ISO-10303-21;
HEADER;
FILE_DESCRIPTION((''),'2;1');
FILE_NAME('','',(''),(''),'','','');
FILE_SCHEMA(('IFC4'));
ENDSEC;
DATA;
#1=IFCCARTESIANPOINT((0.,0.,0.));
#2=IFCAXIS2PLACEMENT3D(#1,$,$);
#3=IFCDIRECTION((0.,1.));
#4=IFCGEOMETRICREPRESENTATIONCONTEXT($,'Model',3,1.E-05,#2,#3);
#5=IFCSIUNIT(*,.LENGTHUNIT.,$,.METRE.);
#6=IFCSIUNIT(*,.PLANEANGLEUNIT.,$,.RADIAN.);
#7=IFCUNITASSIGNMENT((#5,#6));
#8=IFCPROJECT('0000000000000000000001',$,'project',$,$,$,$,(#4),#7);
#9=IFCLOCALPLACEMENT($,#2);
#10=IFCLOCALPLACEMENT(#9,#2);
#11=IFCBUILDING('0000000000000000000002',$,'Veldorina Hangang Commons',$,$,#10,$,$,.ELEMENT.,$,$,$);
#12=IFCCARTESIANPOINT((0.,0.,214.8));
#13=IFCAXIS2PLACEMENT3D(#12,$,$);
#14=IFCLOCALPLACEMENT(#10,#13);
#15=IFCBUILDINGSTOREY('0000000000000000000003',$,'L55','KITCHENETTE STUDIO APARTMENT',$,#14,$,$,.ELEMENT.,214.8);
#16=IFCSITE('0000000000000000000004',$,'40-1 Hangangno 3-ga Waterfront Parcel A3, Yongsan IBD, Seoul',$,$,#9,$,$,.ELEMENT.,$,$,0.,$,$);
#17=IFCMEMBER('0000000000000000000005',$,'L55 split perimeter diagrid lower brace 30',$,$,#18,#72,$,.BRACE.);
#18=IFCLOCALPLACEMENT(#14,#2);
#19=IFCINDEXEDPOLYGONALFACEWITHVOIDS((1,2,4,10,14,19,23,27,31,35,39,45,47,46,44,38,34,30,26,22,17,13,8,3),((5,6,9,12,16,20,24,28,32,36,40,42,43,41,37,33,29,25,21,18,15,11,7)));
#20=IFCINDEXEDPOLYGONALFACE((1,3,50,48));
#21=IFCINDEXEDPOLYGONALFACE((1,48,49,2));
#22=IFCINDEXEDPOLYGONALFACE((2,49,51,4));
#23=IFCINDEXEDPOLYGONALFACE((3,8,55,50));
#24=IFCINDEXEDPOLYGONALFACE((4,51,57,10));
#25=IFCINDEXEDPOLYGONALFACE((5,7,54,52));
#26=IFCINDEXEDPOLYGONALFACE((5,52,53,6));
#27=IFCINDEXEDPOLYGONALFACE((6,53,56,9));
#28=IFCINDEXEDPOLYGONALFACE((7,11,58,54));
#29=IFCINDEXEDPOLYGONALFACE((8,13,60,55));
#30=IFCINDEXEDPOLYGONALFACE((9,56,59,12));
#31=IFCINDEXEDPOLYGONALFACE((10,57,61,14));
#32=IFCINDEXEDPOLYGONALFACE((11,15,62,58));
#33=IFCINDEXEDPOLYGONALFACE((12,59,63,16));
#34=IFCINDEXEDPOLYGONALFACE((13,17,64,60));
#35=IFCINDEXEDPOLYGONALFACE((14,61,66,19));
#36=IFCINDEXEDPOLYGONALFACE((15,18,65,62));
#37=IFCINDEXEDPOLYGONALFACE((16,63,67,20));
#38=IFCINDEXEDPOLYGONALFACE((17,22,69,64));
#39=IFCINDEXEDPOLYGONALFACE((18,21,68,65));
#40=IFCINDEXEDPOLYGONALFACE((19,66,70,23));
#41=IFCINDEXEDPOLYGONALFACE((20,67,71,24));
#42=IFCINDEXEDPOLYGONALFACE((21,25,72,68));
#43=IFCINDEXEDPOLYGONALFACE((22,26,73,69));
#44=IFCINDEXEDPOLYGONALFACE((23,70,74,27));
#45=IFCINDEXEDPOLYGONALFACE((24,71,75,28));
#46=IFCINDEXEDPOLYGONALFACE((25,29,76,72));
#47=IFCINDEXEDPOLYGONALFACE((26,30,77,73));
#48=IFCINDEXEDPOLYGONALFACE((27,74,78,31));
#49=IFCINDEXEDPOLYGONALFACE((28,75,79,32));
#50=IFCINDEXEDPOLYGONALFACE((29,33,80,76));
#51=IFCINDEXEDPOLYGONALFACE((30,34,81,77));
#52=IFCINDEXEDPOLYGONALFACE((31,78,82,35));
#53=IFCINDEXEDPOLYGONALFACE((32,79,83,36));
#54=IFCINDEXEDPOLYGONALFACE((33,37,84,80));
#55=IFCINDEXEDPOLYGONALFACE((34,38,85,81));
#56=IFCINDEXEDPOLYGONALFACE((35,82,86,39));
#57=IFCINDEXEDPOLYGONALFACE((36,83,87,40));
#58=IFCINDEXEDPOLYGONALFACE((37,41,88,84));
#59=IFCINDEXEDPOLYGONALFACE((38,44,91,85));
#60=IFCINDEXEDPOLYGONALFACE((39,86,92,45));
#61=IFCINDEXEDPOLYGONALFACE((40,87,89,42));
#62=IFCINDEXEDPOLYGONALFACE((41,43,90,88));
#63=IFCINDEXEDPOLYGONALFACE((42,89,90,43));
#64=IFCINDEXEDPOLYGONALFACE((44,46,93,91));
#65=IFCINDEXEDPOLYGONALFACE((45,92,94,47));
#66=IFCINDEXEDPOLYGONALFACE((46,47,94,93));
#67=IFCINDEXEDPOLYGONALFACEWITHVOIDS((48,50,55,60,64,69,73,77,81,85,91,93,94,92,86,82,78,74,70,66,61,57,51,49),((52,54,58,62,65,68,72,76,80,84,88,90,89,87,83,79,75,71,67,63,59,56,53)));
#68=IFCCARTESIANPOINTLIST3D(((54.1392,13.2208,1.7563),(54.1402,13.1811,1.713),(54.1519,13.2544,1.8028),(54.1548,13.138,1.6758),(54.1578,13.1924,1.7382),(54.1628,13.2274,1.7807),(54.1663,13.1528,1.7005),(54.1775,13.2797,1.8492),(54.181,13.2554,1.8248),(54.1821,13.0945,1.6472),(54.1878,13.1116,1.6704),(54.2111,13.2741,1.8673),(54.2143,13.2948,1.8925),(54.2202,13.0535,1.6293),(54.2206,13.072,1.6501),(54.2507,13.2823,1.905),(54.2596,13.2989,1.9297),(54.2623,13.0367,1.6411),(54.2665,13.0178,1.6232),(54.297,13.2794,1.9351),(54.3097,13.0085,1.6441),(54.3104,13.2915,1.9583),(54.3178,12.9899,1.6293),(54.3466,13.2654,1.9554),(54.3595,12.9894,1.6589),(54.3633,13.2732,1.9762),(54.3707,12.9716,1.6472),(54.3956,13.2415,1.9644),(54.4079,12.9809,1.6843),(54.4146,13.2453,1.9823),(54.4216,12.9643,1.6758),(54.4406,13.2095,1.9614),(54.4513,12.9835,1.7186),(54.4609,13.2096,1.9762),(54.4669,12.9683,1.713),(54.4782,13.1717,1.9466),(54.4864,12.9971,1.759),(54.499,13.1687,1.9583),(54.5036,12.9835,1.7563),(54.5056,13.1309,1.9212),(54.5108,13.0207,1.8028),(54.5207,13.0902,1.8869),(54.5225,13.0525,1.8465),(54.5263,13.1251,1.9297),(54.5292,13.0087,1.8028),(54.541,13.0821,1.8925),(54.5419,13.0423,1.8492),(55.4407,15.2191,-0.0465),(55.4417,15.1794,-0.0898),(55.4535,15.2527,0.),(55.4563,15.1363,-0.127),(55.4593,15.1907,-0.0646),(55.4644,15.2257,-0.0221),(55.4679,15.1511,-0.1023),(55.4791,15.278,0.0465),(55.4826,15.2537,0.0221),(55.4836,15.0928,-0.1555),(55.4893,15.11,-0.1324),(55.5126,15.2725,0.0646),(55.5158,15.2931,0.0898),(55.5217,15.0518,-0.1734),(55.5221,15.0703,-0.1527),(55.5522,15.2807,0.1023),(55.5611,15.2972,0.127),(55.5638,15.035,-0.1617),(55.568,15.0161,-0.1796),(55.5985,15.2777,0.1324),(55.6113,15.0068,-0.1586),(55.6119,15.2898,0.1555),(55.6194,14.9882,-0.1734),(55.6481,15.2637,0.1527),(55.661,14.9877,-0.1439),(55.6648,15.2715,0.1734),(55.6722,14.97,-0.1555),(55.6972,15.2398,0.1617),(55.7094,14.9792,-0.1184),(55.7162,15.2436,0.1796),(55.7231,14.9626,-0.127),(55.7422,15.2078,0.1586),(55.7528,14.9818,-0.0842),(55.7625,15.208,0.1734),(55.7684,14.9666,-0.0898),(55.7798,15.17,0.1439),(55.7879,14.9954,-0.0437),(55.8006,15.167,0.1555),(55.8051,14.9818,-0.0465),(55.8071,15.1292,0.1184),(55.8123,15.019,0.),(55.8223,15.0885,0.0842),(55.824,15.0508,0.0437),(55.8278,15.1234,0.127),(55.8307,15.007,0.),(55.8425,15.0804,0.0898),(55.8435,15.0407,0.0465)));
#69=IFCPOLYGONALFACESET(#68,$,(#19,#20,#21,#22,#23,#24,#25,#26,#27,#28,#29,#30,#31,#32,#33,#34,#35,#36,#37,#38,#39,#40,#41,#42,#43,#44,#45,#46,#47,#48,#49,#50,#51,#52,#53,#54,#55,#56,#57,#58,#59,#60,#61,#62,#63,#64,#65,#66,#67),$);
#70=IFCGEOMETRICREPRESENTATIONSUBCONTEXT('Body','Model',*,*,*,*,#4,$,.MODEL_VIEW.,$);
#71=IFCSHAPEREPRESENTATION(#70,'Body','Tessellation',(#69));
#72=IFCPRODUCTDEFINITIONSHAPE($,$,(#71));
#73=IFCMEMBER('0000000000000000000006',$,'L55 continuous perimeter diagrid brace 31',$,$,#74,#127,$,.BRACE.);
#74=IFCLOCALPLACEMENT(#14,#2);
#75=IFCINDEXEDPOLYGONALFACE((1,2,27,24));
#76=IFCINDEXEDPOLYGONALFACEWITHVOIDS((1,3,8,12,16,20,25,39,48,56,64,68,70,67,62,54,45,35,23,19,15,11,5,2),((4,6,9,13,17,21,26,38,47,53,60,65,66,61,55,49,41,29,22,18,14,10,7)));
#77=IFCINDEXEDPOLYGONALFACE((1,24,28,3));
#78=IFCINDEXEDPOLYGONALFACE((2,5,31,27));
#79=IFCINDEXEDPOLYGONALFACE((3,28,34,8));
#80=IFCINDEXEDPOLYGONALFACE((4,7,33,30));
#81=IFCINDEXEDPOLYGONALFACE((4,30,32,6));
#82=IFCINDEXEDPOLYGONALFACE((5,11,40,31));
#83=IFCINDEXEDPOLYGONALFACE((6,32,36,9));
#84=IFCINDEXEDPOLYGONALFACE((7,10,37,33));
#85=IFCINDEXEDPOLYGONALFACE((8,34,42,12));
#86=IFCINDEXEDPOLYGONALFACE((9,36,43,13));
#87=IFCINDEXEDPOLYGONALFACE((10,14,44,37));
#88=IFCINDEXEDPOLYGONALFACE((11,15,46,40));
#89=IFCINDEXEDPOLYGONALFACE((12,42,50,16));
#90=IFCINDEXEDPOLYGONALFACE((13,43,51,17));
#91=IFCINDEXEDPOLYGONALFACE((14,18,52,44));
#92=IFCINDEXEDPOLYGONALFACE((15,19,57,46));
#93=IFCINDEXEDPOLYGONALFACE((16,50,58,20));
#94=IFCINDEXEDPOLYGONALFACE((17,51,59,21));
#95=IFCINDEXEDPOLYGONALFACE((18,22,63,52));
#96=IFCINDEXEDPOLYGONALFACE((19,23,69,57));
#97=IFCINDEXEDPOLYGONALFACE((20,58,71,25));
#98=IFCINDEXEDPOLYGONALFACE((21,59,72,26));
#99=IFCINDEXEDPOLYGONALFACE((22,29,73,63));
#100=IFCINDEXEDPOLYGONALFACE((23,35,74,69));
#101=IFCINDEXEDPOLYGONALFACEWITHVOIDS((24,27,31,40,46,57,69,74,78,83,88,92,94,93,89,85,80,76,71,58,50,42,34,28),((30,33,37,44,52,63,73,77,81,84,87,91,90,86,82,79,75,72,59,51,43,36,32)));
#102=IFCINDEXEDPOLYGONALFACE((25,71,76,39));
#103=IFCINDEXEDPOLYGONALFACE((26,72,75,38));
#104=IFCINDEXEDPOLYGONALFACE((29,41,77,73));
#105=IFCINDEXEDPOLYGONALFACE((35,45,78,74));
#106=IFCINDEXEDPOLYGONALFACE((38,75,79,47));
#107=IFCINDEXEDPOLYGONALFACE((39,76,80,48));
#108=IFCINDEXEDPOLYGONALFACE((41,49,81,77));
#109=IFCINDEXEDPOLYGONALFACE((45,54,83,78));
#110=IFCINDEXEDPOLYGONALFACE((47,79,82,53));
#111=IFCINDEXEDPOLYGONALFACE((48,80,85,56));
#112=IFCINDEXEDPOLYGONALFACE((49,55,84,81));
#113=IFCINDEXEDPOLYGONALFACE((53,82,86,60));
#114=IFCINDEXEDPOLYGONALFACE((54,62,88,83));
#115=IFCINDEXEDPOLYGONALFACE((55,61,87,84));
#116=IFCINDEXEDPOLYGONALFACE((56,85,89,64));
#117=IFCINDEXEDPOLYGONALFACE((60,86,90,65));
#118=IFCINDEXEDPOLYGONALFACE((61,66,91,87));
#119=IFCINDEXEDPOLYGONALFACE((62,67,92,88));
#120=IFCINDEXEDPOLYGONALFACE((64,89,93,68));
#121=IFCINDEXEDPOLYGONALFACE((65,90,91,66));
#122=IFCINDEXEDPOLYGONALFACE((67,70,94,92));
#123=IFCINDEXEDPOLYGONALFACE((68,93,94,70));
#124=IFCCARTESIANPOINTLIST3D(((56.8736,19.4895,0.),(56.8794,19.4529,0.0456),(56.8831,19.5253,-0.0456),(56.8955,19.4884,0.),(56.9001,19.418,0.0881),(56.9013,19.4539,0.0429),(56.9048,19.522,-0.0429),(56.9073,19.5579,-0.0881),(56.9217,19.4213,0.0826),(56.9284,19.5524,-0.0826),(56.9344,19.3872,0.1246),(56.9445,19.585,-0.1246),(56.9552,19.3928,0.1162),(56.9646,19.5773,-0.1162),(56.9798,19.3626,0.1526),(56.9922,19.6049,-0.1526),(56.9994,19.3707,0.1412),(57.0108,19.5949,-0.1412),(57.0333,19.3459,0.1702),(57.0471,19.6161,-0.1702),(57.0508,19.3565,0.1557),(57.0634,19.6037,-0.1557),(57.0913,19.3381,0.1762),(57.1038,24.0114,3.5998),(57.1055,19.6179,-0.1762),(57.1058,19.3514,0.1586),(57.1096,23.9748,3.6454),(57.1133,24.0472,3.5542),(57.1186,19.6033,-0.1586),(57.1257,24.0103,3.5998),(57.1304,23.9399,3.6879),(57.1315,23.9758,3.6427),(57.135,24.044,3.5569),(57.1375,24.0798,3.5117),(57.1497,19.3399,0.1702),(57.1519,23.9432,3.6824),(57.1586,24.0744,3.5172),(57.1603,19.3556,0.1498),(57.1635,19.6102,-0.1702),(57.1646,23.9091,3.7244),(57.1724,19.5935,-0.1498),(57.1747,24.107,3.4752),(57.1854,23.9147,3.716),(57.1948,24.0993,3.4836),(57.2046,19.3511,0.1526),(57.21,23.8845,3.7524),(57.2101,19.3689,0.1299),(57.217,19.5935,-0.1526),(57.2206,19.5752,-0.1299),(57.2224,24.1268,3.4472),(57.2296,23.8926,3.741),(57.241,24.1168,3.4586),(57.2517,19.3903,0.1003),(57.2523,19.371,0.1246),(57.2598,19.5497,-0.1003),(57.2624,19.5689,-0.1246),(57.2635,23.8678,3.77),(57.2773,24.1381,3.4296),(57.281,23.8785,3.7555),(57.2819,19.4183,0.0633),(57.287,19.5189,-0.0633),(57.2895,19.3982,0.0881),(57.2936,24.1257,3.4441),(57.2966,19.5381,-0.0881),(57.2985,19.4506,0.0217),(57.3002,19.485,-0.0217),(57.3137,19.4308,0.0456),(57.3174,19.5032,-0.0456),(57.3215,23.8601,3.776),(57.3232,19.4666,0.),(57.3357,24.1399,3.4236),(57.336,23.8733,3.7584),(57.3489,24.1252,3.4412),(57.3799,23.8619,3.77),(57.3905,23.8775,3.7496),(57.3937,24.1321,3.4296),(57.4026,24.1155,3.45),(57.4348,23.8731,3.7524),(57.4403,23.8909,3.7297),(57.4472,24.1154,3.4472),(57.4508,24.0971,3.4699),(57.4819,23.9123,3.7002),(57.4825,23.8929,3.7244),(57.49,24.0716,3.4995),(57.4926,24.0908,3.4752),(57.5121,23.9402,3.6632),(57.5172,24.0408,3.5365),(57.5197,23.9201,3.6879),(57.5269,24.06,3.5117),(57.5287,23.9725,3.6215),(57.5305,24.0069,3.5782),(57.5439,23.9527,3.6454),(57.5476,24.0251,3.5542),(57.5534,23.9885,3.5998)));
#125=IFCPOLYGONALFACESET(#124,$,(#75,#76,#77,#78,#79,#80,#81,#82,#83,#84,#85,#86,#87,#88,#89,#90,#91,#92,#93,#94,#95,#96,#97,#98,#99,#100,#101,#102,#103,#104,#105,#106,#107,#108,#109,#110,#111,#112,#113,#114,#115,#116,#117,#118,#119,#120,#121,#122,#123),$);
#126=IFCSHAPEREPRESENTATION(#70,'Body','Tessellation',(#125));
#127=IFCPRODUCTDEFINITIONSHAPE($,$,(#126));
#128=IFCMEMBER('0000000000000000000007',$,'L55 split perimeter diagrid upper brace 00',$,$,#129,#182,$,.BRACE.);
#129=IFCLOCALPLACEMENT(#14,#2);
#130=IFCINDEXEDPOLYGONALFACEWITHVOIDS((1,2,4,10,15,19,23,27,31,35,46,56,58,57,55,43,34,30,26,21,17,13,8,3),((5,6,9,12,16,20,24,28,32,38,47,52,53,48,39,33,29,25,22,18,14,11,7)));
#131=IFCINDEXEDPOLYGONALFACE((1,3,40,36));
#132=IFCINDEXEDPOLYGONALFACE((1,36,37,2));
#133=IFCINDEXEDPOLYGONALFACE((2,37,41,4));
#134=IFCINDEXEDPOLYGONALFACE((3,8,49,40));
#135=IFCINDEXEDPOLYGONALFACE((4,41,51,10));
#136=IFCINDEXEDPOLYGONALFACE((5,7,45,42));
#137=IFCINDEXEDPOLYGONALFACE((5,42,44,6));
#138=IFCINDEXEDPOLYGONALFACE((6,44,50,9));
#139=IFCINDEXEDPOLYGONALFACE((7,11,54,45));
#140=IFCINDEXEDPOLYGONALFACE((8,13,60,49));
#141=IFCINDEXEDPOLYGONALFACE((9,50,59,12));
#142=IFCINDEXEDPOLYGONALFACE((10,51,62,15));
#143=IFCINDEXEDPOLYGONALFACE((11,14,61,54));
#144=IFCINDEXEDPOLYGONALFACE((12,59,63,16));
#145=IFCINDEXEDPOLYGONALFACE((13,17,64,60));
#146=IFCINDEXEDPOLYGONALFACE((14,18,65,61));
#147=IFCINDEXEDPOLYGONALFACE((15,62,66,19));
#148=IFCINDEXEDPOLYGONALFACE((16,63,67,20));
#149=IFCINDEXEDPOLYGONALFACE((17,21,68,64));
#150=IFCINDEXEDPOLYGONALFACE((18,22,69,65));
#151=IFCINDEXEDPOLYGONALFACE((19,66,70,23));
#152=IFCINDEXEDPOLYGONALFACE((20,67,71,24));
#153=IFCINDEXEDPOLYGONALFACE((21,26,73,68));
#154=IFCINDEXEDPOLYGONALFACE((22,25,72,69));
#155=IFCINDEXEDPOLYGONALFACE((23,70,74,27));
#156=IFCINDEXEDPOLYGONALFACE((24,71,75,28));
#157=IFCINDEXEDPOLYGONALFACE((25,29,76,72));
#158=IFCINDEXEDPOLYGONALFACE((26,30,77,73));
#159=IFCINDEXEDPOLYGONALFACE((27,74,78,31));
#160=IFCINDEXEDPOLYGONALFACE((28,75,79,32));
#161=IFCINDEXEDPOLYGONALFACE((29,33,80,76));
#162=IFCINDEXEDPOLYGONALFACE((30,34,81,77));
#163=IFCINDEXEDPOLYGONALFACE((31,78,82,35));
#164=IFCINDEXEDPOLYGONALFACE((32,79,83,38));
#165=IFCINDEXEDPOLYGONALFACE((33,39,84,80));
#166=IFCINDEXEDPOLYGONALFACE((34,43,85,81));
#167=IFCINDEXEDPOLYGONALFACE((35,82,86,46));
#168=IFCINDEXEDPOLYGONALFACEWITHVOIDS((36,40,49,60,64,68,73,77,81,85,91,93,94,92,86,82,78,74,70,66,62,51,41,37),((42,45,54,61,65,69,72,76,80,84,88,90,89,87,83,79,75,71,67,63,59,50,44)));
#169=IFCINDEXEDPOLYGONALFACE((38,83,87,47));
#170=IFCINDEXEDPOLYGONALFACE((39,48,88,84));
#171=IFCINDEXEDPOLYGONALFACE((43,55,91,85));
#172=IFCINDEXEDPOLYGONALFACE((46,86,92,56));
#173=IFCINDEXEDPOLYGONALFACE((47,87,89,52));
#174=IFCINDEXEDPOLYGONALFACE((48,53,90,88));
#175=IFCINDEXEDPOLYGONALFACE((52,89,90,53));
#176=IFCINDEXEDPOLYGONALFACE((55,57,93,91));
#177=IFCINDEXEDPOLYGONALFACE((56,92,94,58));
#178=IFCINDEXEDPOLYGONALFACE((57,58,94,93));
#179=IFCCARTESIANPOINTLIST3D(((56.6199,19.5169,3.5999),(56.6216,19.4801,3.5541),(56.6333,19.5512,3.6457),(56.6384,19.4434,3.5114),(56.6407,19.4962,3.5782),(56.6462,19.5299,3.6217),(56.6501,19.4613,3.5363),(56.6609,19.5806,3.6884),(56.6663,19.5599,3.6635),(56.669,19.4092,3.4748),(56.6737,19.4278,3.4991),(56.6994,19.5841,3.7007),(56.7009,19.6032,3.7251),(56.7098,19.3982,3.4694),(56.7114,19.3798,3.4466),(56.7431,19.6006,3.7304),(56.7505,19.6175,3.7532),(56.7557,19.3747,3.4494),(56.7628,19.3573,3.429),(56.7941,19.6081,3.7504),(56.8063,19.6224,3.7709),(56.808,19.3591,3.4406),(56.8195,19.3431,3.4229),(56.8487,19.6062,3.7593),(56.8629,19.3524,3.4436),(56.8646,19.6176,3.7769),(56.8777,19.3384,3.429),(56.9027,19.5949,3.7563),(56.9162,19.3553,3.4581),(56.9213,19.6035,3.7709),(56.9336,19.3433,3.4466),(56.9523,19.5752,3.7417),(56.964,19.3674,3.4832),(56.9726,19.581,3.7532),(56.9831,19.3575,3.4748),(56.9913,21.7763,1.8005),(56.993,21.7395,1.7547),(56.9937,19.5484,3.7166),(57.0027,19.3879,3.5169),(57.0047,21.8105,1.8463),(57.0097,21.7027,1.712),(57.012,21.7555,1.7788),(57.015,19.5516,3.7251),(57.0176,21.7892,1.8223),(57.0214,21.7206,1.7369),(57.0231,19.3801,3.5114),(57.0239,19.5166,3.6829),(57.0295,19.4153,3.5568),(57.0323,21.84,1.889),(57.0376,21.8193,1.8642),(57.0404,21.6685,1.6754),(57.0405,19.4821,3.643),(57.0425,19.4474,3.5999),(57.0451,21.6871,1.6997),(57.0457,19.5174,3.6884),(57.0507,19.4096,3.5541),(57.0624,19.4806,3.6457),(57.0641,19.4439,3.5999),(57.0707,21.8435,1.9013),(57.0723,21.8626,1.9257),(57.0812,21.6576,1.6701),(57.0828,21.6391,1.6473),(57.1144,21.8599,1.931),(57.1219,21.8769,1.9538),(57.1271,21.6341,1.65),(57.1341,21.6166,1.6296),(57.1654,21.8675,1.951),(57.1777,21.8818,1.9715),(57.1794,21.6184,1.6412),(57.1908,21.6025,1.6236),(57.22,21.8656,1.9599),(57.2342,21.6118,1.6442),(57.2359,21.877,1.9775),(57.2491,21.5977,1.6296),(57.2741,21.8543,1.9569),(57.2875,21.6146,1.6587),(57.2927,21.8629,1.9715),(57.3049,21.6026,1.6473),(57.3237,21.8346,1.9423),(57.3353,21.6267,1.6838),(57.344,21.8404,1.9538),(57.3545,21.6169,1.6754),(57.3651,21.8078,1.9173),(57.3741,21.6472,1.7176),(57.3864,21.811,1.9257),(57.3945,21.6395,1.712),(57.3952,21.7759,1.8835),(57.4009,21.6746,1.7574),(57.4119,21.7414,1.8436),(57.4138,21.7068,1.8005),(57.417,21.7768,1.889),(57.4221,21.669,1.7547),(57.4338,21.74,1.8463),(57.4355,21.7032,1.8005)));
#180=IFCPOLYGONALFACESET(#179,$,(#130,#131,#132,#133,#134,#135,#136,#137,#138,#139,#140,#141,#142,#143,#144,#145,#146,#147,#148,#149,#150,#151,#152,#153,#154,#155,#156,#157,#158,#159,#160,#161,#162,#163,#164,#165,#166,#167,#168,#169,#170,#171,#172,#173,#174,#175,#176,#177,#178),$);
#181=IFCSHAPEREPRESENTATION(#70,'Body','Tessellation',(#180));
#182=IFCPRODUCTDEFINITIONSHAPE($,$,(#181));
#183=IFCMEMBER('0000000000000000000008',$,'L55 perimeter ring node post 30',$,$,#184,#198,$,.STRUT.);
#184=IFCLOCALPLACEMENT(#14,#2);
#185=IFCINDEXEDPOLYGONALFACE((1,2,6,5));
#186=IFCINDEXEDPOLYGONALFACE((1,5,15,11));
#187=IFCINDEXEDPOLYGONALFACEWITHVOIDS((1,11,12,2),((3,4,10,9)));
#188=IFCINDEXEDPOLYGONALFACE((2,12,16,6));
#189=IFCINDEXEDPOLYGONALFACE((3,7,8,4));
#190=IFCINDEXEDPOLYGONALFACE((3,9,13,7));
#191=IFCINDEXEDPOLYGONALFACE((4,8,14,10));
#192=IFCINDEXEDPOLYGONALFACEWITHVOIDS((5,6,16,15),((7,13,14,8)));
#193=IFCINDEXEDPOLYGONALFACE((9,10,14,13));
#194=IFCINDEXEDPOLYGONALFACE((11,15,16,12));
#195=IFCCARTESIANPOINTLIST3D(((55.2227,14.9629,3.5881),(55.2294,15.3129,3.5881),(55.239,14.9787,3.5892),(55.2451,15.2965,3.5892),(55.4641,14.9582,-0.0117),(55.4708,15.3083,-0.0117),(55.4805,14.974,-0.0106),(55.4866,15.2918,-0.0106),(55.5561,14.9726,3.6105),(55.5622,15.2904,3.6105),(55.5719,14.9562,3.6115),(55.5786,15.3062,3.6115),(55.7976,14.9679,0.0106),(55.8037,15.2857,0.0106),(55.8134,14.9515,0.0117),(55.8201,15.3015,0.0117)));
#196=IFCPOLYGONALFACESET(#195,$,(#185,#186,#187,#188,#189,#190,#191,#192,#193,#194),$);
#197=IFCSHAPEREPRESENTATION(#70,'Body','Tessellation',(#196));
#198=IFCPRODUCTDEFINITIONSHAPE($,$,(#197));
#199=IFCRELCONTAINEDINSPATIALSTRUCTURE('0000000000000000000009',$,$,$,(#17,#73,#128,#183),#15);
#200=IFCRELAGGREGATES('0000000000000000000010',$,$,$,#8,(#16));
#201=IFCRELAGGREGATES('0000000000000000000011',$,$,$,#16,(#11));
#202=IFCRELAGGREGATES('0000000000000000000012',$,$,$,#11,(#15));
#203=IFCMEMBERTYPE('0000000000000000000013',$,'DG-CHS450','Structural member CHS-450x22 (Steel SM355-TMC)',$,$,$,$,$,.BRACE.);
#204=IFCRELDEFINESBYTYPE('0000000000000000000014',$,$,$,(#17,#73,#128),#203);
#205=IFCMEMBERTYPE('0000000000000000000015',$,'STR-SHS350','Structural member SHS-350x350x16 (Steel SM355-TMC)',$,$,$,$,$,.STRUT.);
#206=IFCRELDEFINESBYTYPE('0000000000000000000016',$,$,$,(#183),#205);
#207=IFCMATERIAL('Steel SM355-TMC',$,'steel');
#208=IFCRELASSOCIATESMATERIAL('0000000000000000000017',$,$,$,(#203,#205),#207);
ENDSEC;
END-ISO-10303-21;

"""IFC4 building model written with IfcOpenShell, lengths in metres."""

from ifc_helpers import new_model, si_unit, direction, frame, origin, origin_2d, place, context, subcontext, project, spatial, hollow_rectangle, hollow_circle, extrude, material, material_profile, profile_set, type_object, element, save


model = new_model("IFC4")

# Units and contexts
model_context = context("Model", 3, precision=1e-05, world=origin(), true_north=direction((0.0, 1.0)))
body_context = subcontext(model_context, "Body", "Model", "MODEL_VIEW")
ifc_project = project(units=[si_unit("LENGTHUNIT", "METRE"), si_unit("PLANEANGLEUNIT", "RADIAN")], contexts=[model_context])

# Site, building, storey
site_placement = place(None, origin())
site = spatial("IfcSite", under=ifc_project, at=site_placement, Name="40-1 Hangangno 3-ga Waterfront Parcel A3, Yongsan IBD, Seoul", CompositionType="ELEMENT", RefElevation=0.0)
building_placement = place(site_placement, origin())
building = spatial("IfcBuilding", under=site, at=building_placement, Name="Veldorina Hangang Commons", CompositionType="ELEMENT")
storey_placement = place(building_placement, frame((0.0, 0.0, 214.8)))
storey = spatial("IfcBuildingStorey", under=building, at=storey_placement, Name="L55", Description="KITCHENETTE STUDIO APARTMENT", CompositionType="ELEMENT", Elevation=214.8)

# Shared definitions
ifc_material_1 = material(Name="Steel SM355-TMC", Category="steel")

# Members
ifc_material_profile_1 = material_profile(ifc_material_1, hollow_circle(Radius=0.2251, WallThickness=0.022, at=origin_2d()), Name="CHS-450x22")
ifc_profile_set_1 = profile_set([ifc_material_profile_1], Name="Steel SM355-TMC")
member_type_1 = type_object("IfcMemberType", Name="DG-CHS450", Description="Structural member CHS-450x22 (Steel SM355-TMC)", PredefinedType="BRACE", material=ifc_profile_set_1)
member_1_placement = place(storey_placement, frame((55.6421, 15.1299, 0.0), z_axis=(-0.435365, -0.668442, 0.603027), x_axis=(0.83794, -0.545762, 0.0)))
element("IfcMember", 1, at=member_1_placement, inside=storey, type_object=member_type_1, Name="L55 split perimeter diagrid lower brace 30", PredefinedType="BRACE", context=body_context, shape_type="SweptSolid", body=[
    extrude(hollow_circle(Radius=0.2251, WallThickness=0.022, at=origin_2d()), origin(), (0.0, 0.0, 1.0), 2.9895),
])
member_2_placement = place(storey_placement, frame((57.0984, 19.478, 0.0), z_axis=(0.0398, 0.781743, 0.62233), x_axis=(-0.998706, 0.050847, 0.0)))
element("IfcMember", 2, at=member_2_placement, inside=storey, type_object=member_type_1, Name="L55 continuous perimeter diagrid brace 31", PredefinedType="BRACE", context=body_context, shape_type="SweptSolid", body=[
    extrude(hollow_circle(Radius=0.2251, WallThickness=0.022, at=origin_2d()), origin(), (0.0, 0.0, 1.0), 5.7844),
])
member_3_placement = place(storey_placement, frame((57.2134, 21.7397, 1.8005), z_axis=(-0.12752, -0.77585, 0.617896), x_axis=(0.98676, -0.162185, 0.0)))
element("IfcMember", 3, at=member_3_placement, inside=storey, type_object=member_type_1, Name="L55 split perimeter diagrid upper brace 00", PredefinedType="BRACE", context=body_context, shape_type="SweptSolid", body=[
    extrude(hollow_circle(Radius=0.2251, WallThickness=0.022, at=origin_2d()), origin(), (0.0, 0.0, 1.0), 2.9121),
])
ifc_material_profile_2 = material_profile(ifc_material_1, hollow_rectangle(XDim=0.3501, YDim=0.3501, WallThickness=0.0161, at=origin_2d()), Name="SHS-350x350x16")
ifc_profile_set_2 = profile_set([ifc_material_profile_2], Name="Steel SM355-TMC")
member_type_2 = type_object("IfcMemberType", Name="STR-SHS350", Description="Structural member SHS-350x350x16 (Steel SM355-TMC)", PredefinedType="STRUT", material=ifc_profile_set_2)
member_4_placement = place(storey_placement, frame((55.6421, 15.1299, 0.0), z_axis=(-0.066923, 0.001286, 0.997757), x_axis=(-0.019208, -0.999816, 0.0)))
element("IfcMember", 4, at=member_4_placement, inside=storey, type_object=member_type_2, Name="L55 perimeter ring node post 30", PredefinedType="STRUT", context=body_context, shape_type="SweptSolid", body=[
    extrude(hollow_rectangle(XDim=0.3501, YDim=0.3501, WallThickness=0.0161, at=origin_2d()), origin(), (0.0, 0.0, 1.0), 3.6079),
])

save(model, "model.ifc")
